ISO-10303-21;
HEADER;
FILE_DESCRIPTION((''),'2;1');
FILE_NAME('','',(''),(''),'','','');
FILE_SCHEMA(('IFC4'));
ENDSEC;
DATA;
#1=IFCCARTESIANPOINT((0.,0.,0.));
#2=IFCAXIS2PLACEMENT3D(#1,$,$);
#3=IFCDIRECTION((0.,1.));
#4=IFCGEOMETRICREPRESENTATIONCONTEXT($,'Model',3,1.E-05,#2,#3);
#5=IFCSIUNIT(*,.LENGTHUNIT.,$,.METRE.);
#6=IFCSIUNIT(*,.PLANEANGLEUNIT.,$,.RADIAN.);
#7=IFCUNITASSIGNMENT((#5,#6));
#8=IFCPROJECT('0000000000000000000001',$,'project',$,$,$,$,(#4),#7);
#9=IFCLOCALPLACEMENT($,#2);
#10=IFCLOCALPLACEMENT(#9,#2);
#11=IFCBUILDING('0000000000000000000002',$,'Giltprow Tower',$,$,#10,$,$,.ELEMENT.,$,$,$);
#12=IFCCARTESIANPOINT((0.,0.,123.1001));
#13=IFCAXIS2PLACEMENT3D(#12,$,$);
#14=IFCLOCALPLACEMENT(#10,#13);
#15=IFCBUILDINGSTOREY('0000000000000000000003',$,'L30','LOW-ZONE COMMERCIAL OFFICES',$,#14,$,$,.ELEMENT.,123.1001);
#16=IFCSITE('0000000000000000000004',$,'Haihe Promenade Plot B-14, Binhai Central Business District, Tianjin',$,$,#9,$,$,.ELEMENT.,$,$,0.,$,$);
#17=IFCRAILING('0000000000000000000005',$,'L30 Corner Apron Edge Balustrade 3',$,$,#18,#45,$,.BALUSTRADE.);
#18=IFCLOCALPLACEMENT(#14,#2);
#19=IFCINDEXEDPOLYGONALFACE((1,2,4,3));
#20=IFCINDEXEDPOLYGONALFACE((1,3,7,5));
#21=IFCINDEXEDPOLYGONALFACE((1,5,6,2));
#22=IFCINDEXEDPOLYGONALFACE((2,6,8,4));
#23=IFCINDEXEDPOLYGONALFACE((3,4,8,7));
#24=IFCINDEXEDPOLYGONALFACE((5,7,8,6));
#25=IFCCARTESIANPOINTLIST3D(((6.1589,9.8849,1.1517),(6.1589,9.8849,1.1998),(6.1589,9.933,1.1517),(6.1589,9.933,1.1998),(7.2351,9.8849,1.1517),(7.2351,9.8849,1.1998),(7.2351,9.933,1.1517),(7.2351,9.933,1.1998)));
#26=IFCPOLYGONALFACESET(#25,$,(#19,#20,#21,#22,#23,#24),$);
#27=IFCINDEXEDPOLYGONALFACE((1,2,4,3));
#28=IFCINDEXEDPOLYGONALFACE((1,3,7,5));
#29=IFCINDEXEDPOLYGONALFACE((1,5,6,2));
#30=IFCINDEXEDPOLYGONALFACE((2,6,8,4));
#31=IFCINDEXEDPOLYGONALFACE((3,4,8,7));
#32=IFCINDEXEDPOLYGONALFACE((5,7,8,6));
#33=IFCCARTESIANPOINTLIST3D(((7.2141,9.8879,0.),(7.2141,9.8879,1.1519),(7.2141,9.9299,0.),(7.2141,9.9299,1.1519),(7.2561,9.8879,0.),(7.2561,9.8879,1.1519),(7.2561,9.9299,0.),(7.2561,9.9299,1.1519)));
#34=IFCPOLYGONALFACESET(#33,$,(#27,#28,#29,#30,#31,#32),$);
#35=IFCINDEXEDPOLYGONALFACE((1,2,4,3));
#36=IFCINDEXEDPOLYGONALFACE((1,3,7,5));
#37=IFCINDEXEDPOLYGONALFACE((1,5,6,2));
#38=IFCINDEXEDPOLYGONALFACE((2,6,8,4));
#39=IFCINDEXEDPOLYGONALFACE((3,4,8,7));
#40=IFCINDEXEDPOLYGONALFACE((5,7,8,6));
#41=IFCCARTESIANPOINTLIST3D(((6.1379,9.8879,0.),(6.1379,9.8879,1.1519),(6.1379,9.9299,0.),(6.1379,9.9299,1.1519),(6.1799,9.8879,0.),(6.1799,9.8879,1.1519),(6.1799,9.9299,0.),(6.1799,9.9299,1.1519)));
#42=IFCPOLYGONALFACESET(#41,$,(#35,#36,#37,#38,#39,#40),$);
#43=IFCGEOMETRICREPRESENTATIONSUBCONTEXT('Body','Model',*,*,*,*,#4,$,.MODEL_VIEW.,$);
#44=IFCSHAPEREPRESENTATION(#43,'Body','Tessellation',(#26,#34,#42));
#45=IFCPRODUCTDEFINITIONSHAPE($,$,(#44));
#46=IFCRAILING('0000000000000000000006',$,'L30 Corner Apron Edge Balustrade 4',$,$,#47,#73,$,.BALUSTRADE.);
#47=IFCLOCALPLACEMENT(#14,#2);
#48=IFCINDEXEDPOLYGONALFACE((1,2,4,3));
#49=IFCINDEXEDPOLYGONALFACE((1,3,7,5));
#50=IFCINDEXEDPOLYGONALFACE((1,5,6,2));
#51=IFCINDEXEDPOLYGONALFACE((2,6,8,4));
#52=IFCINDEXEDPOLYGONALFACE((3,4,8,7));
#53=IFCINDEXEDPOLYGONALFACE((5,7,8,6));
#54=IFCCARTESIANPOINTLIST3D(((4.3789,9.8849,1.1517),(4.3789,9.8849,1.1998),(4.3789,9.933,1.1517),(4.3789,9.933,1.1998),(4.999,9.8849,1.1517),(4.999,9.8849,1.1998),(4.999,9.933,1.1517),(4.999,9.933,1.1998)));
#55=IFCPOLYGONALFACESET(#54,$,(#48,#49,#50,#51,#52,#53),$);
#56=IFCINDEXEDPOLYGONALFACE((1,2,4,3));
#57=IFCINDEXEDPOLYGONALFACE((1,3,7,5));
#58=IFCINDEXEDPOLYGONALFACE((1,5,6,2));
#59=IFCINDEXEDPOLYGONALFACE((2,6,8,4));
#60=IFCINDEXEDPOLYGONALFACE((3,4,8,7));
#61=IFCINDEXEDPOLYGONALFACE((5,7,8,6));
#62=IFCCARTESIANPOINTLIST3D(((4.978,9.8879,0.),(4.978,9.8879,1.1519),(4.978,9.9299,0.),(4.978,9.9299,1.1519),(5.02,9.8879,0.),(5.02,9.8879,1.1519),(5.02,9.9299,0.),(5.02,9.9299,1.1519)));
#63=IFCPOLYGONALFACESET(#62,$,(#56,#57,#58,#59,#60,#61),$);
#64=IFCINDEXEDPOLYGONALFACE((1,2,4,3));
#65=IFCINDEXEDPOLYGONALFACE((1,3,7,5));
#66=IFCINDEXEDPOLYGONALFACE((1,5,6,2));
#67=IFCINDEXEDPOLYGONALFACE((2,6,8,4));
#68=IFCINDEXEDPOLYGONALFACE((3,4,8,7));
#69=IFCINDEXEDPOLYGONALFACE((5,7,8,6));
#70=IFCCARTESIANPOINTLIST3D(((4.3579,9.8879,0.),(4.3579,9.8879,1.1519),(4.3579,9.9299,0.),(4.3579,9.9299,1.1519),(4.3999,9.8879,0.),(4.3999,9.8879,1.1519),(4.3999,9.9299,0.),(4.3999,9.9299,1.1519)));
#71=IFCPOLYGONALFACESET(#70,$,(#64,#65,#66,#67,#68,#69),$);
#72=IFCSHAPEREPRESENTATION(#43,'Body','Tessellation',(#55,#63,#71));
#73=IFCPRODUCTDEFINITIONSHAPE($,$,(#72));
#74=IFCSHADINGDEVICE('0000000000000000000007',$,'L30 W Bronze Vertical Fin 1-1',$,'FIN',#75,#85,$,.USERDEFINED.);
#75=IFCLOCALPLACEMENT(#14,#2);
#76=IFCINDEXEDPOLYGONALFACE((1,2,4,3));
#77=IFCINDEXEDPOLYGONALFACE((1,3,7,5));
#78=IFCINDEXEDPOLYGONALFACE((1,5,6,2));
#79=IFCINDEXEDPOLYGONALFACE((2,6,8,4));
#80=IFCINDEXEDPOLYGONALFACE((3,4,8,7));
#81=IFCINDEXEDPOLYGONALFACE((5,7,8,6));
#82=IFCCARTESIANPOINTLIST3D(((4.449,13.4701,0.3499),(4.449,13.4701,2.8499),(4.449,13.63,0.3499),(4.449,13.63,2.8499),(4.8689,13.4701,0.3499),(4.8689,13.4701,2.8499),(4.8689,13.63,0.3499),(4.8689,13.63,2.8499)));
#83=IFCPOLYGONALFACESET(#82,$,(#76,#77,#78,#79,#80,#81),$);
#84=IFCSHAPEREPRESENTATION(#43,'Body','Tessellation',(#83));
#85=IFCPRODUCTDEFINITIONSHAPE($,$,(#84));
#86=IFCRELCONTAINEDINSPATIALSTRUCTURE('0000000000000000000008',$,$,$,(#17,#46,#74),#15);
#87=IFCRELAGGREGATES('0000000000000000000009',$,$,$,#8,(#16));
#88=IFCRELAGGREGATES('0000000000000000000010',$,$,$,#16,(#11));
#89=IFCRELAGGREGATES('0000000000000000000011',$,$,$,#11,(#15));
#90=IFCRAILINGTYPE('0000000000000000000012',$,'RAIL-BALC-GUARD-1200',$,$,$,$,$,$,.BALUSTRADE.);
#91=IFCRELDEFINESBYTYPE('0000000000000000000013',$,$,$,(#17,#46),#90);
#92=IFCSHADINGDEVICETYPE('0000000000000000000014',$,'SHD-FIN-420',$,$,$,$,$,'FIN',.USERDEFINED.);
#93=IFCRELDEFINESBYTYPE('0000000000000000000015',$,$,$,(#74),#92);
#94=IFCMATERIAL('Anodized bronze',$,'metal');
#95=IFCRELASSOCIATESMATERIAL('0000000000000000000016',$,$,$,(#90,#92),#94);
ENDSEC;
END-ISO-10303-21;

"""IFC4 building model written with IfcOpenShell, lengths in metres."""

from ifc_helpers import new_model, si_unit, direction, frame, origin, origin_2d, place, context, subcontext, project, spatial, rectangle, extrude, source, transform, mapped, material, type_object, element, save


model = new_model("IFC4")

# Units and contexts
model_context = context("Model", 3, precision=1e-05, world=origin(), true_north=direction((0.0, 1.0)))
body_context = subcontext(model_context, "Body", "Model", "MODEL_VIEW")
ifc_project = project(units=[si_unit("LENGTHUNIT", "METRE"), si_unit("PLANEANGLEUNIT", "RADIAN")], contexts=[model_context])

# Site, building, storey
site_placement = place(None, origin())
site = spatial("IfcSite", under=ifc_project, at=site_placement, Name="Haihe Promenade Plot B-14, Binhai Central Business District, Tianjin", CompositionType="ELEMENT", RefElevation=0.0)
building_placement = place(site_placement, origin())
building = spatial("IfcBuilding", under=site, at=building_placement, Name="Giltprow Tower", CompositionType="ELEMENT")
storey_placement = place(building_placement, frame((0.0, 0.0, 123.1001)))
storey = spatial("IfcBuildingStorey", under=building, at=storey_placement, Name="L30", Description="LOW-ZONE COMMERCIAL OFFICES", CompositionType="ELEMENT", Elevation=123.1001)

# Shared definitions
ifc_material_1 = material(Name="Anodized bronze", Category="metal")

# Railings
railing_type = type_object("IfcRailingType", Name="RAIL-BALC-GUARD-1200", PredefinedType="BALUSTRADE", material=ifc_material_1)
railing_1_placement = place(storey_placement, frame((7.2351, 9.9089, 0.0)))
element("IfcRailing", 1, at=railing_1_placement, inside=storey, type_object=railing_type, Name="L30 Corner Apron Edge Balustrade 3", PredefinedType="BALUSTRADE", context=body_context, shape_type="SweptSolid", body=[
    extrude(rectangle(XDim=0.0481, YDim=0.0481, at=origin_2d()), frame((0.0, 0.0, 1.1758), z_axis=(-1.0, 0.0, 0.0), x_axis=(0.0, -1.0, 0.0)), (0.0, 0.0, 1.0), 1.0762),
    extrude(rectangle(XDim=0.042, YDim=0.042, at=origin_2d()), origin(), (0.0, 0.0, 1.0), 1.1519),
    extrude(rectangle(XDim=0.042, YDim=0.042, at=origin_2d()), frame((-1.0762, 0.0, 0.0)), (0.0, 0.0, 1.0), 1.1519),
])
railing_2_placement = place(storey_placement, frame((4.999, 9.9089, 0.0)))
element("IfcRailing", 2, at=railing_2_placement, inside=storey, type_object=railing_type, Name="L30 Corner Apron Edge Balustrade 4", PredefinedType="BALUSTRADE", context=body_context, shape_type="SweptSolid", body=[
    extrude(rectangle(XDim=0.0481, YDim=0.0481, at=origin_2d()), frame((0.0, 0.0, 1.1758), z_axis=(-1.0, 0.0, 0.0), x_axis=(0.0, -1.0, 0.0)), (0.0, 0.0, 1.0), 0.6201),
    extrude(rectangle(XDim=0.042, YDim=0.042, at=origin_2d()), origin(), (0.0, 0.0, 1.0), 1.1519),
    extrude(rectangle(XDim=0.042, YDim=0.042, at=origin_2d()), frame((-0.6201, 0.0, 0.0)), (0.0, 0.0, 1.0), 1.1519),
])

# Shading device
shading_device_type = type_object("IfcShadingDeviceType", Name="SHD-FIN-420", ElementType="FIN", PredefinedType="USERDEFINED", material=ifc_material_1)
shared_shape_1 = source(origin(), body_context, "Body", "SweptSolid", [
    extrude(rectangle(XDim=0.4199, YDim=0.1599, at=origin_2d()), origin(), (0.0, 0.0, 1.0), 2.5),
])
shading_device_placement = place(storey_placement, frame((4.6589, 13.55, 0.3499), z_axis=(0.0, 0.0, 1.0), x_axis=(1.0, 0.0, 0.0)))
element("IfcShadingDevice", 3, at=shading_device_placement, inside=storey, type_object=shading_device_type, Name="L30 W Bronze Vertical Fin 1-1", ObjectType="FIN", PredefinedType="USERDEFINED", context=body_context, shape_type="MappedRepresentation", body=[
    mapped(shared_shape_1, transform((0.0, 0.0, 0.0), x_axis=(1.0, 0.0, 0.0), y_axis=(0.0, 1.0, 0.0), z_axis=(0.0, 0.0, 1.0), scale=1.0)),
])

save(model, "model.ifc")
